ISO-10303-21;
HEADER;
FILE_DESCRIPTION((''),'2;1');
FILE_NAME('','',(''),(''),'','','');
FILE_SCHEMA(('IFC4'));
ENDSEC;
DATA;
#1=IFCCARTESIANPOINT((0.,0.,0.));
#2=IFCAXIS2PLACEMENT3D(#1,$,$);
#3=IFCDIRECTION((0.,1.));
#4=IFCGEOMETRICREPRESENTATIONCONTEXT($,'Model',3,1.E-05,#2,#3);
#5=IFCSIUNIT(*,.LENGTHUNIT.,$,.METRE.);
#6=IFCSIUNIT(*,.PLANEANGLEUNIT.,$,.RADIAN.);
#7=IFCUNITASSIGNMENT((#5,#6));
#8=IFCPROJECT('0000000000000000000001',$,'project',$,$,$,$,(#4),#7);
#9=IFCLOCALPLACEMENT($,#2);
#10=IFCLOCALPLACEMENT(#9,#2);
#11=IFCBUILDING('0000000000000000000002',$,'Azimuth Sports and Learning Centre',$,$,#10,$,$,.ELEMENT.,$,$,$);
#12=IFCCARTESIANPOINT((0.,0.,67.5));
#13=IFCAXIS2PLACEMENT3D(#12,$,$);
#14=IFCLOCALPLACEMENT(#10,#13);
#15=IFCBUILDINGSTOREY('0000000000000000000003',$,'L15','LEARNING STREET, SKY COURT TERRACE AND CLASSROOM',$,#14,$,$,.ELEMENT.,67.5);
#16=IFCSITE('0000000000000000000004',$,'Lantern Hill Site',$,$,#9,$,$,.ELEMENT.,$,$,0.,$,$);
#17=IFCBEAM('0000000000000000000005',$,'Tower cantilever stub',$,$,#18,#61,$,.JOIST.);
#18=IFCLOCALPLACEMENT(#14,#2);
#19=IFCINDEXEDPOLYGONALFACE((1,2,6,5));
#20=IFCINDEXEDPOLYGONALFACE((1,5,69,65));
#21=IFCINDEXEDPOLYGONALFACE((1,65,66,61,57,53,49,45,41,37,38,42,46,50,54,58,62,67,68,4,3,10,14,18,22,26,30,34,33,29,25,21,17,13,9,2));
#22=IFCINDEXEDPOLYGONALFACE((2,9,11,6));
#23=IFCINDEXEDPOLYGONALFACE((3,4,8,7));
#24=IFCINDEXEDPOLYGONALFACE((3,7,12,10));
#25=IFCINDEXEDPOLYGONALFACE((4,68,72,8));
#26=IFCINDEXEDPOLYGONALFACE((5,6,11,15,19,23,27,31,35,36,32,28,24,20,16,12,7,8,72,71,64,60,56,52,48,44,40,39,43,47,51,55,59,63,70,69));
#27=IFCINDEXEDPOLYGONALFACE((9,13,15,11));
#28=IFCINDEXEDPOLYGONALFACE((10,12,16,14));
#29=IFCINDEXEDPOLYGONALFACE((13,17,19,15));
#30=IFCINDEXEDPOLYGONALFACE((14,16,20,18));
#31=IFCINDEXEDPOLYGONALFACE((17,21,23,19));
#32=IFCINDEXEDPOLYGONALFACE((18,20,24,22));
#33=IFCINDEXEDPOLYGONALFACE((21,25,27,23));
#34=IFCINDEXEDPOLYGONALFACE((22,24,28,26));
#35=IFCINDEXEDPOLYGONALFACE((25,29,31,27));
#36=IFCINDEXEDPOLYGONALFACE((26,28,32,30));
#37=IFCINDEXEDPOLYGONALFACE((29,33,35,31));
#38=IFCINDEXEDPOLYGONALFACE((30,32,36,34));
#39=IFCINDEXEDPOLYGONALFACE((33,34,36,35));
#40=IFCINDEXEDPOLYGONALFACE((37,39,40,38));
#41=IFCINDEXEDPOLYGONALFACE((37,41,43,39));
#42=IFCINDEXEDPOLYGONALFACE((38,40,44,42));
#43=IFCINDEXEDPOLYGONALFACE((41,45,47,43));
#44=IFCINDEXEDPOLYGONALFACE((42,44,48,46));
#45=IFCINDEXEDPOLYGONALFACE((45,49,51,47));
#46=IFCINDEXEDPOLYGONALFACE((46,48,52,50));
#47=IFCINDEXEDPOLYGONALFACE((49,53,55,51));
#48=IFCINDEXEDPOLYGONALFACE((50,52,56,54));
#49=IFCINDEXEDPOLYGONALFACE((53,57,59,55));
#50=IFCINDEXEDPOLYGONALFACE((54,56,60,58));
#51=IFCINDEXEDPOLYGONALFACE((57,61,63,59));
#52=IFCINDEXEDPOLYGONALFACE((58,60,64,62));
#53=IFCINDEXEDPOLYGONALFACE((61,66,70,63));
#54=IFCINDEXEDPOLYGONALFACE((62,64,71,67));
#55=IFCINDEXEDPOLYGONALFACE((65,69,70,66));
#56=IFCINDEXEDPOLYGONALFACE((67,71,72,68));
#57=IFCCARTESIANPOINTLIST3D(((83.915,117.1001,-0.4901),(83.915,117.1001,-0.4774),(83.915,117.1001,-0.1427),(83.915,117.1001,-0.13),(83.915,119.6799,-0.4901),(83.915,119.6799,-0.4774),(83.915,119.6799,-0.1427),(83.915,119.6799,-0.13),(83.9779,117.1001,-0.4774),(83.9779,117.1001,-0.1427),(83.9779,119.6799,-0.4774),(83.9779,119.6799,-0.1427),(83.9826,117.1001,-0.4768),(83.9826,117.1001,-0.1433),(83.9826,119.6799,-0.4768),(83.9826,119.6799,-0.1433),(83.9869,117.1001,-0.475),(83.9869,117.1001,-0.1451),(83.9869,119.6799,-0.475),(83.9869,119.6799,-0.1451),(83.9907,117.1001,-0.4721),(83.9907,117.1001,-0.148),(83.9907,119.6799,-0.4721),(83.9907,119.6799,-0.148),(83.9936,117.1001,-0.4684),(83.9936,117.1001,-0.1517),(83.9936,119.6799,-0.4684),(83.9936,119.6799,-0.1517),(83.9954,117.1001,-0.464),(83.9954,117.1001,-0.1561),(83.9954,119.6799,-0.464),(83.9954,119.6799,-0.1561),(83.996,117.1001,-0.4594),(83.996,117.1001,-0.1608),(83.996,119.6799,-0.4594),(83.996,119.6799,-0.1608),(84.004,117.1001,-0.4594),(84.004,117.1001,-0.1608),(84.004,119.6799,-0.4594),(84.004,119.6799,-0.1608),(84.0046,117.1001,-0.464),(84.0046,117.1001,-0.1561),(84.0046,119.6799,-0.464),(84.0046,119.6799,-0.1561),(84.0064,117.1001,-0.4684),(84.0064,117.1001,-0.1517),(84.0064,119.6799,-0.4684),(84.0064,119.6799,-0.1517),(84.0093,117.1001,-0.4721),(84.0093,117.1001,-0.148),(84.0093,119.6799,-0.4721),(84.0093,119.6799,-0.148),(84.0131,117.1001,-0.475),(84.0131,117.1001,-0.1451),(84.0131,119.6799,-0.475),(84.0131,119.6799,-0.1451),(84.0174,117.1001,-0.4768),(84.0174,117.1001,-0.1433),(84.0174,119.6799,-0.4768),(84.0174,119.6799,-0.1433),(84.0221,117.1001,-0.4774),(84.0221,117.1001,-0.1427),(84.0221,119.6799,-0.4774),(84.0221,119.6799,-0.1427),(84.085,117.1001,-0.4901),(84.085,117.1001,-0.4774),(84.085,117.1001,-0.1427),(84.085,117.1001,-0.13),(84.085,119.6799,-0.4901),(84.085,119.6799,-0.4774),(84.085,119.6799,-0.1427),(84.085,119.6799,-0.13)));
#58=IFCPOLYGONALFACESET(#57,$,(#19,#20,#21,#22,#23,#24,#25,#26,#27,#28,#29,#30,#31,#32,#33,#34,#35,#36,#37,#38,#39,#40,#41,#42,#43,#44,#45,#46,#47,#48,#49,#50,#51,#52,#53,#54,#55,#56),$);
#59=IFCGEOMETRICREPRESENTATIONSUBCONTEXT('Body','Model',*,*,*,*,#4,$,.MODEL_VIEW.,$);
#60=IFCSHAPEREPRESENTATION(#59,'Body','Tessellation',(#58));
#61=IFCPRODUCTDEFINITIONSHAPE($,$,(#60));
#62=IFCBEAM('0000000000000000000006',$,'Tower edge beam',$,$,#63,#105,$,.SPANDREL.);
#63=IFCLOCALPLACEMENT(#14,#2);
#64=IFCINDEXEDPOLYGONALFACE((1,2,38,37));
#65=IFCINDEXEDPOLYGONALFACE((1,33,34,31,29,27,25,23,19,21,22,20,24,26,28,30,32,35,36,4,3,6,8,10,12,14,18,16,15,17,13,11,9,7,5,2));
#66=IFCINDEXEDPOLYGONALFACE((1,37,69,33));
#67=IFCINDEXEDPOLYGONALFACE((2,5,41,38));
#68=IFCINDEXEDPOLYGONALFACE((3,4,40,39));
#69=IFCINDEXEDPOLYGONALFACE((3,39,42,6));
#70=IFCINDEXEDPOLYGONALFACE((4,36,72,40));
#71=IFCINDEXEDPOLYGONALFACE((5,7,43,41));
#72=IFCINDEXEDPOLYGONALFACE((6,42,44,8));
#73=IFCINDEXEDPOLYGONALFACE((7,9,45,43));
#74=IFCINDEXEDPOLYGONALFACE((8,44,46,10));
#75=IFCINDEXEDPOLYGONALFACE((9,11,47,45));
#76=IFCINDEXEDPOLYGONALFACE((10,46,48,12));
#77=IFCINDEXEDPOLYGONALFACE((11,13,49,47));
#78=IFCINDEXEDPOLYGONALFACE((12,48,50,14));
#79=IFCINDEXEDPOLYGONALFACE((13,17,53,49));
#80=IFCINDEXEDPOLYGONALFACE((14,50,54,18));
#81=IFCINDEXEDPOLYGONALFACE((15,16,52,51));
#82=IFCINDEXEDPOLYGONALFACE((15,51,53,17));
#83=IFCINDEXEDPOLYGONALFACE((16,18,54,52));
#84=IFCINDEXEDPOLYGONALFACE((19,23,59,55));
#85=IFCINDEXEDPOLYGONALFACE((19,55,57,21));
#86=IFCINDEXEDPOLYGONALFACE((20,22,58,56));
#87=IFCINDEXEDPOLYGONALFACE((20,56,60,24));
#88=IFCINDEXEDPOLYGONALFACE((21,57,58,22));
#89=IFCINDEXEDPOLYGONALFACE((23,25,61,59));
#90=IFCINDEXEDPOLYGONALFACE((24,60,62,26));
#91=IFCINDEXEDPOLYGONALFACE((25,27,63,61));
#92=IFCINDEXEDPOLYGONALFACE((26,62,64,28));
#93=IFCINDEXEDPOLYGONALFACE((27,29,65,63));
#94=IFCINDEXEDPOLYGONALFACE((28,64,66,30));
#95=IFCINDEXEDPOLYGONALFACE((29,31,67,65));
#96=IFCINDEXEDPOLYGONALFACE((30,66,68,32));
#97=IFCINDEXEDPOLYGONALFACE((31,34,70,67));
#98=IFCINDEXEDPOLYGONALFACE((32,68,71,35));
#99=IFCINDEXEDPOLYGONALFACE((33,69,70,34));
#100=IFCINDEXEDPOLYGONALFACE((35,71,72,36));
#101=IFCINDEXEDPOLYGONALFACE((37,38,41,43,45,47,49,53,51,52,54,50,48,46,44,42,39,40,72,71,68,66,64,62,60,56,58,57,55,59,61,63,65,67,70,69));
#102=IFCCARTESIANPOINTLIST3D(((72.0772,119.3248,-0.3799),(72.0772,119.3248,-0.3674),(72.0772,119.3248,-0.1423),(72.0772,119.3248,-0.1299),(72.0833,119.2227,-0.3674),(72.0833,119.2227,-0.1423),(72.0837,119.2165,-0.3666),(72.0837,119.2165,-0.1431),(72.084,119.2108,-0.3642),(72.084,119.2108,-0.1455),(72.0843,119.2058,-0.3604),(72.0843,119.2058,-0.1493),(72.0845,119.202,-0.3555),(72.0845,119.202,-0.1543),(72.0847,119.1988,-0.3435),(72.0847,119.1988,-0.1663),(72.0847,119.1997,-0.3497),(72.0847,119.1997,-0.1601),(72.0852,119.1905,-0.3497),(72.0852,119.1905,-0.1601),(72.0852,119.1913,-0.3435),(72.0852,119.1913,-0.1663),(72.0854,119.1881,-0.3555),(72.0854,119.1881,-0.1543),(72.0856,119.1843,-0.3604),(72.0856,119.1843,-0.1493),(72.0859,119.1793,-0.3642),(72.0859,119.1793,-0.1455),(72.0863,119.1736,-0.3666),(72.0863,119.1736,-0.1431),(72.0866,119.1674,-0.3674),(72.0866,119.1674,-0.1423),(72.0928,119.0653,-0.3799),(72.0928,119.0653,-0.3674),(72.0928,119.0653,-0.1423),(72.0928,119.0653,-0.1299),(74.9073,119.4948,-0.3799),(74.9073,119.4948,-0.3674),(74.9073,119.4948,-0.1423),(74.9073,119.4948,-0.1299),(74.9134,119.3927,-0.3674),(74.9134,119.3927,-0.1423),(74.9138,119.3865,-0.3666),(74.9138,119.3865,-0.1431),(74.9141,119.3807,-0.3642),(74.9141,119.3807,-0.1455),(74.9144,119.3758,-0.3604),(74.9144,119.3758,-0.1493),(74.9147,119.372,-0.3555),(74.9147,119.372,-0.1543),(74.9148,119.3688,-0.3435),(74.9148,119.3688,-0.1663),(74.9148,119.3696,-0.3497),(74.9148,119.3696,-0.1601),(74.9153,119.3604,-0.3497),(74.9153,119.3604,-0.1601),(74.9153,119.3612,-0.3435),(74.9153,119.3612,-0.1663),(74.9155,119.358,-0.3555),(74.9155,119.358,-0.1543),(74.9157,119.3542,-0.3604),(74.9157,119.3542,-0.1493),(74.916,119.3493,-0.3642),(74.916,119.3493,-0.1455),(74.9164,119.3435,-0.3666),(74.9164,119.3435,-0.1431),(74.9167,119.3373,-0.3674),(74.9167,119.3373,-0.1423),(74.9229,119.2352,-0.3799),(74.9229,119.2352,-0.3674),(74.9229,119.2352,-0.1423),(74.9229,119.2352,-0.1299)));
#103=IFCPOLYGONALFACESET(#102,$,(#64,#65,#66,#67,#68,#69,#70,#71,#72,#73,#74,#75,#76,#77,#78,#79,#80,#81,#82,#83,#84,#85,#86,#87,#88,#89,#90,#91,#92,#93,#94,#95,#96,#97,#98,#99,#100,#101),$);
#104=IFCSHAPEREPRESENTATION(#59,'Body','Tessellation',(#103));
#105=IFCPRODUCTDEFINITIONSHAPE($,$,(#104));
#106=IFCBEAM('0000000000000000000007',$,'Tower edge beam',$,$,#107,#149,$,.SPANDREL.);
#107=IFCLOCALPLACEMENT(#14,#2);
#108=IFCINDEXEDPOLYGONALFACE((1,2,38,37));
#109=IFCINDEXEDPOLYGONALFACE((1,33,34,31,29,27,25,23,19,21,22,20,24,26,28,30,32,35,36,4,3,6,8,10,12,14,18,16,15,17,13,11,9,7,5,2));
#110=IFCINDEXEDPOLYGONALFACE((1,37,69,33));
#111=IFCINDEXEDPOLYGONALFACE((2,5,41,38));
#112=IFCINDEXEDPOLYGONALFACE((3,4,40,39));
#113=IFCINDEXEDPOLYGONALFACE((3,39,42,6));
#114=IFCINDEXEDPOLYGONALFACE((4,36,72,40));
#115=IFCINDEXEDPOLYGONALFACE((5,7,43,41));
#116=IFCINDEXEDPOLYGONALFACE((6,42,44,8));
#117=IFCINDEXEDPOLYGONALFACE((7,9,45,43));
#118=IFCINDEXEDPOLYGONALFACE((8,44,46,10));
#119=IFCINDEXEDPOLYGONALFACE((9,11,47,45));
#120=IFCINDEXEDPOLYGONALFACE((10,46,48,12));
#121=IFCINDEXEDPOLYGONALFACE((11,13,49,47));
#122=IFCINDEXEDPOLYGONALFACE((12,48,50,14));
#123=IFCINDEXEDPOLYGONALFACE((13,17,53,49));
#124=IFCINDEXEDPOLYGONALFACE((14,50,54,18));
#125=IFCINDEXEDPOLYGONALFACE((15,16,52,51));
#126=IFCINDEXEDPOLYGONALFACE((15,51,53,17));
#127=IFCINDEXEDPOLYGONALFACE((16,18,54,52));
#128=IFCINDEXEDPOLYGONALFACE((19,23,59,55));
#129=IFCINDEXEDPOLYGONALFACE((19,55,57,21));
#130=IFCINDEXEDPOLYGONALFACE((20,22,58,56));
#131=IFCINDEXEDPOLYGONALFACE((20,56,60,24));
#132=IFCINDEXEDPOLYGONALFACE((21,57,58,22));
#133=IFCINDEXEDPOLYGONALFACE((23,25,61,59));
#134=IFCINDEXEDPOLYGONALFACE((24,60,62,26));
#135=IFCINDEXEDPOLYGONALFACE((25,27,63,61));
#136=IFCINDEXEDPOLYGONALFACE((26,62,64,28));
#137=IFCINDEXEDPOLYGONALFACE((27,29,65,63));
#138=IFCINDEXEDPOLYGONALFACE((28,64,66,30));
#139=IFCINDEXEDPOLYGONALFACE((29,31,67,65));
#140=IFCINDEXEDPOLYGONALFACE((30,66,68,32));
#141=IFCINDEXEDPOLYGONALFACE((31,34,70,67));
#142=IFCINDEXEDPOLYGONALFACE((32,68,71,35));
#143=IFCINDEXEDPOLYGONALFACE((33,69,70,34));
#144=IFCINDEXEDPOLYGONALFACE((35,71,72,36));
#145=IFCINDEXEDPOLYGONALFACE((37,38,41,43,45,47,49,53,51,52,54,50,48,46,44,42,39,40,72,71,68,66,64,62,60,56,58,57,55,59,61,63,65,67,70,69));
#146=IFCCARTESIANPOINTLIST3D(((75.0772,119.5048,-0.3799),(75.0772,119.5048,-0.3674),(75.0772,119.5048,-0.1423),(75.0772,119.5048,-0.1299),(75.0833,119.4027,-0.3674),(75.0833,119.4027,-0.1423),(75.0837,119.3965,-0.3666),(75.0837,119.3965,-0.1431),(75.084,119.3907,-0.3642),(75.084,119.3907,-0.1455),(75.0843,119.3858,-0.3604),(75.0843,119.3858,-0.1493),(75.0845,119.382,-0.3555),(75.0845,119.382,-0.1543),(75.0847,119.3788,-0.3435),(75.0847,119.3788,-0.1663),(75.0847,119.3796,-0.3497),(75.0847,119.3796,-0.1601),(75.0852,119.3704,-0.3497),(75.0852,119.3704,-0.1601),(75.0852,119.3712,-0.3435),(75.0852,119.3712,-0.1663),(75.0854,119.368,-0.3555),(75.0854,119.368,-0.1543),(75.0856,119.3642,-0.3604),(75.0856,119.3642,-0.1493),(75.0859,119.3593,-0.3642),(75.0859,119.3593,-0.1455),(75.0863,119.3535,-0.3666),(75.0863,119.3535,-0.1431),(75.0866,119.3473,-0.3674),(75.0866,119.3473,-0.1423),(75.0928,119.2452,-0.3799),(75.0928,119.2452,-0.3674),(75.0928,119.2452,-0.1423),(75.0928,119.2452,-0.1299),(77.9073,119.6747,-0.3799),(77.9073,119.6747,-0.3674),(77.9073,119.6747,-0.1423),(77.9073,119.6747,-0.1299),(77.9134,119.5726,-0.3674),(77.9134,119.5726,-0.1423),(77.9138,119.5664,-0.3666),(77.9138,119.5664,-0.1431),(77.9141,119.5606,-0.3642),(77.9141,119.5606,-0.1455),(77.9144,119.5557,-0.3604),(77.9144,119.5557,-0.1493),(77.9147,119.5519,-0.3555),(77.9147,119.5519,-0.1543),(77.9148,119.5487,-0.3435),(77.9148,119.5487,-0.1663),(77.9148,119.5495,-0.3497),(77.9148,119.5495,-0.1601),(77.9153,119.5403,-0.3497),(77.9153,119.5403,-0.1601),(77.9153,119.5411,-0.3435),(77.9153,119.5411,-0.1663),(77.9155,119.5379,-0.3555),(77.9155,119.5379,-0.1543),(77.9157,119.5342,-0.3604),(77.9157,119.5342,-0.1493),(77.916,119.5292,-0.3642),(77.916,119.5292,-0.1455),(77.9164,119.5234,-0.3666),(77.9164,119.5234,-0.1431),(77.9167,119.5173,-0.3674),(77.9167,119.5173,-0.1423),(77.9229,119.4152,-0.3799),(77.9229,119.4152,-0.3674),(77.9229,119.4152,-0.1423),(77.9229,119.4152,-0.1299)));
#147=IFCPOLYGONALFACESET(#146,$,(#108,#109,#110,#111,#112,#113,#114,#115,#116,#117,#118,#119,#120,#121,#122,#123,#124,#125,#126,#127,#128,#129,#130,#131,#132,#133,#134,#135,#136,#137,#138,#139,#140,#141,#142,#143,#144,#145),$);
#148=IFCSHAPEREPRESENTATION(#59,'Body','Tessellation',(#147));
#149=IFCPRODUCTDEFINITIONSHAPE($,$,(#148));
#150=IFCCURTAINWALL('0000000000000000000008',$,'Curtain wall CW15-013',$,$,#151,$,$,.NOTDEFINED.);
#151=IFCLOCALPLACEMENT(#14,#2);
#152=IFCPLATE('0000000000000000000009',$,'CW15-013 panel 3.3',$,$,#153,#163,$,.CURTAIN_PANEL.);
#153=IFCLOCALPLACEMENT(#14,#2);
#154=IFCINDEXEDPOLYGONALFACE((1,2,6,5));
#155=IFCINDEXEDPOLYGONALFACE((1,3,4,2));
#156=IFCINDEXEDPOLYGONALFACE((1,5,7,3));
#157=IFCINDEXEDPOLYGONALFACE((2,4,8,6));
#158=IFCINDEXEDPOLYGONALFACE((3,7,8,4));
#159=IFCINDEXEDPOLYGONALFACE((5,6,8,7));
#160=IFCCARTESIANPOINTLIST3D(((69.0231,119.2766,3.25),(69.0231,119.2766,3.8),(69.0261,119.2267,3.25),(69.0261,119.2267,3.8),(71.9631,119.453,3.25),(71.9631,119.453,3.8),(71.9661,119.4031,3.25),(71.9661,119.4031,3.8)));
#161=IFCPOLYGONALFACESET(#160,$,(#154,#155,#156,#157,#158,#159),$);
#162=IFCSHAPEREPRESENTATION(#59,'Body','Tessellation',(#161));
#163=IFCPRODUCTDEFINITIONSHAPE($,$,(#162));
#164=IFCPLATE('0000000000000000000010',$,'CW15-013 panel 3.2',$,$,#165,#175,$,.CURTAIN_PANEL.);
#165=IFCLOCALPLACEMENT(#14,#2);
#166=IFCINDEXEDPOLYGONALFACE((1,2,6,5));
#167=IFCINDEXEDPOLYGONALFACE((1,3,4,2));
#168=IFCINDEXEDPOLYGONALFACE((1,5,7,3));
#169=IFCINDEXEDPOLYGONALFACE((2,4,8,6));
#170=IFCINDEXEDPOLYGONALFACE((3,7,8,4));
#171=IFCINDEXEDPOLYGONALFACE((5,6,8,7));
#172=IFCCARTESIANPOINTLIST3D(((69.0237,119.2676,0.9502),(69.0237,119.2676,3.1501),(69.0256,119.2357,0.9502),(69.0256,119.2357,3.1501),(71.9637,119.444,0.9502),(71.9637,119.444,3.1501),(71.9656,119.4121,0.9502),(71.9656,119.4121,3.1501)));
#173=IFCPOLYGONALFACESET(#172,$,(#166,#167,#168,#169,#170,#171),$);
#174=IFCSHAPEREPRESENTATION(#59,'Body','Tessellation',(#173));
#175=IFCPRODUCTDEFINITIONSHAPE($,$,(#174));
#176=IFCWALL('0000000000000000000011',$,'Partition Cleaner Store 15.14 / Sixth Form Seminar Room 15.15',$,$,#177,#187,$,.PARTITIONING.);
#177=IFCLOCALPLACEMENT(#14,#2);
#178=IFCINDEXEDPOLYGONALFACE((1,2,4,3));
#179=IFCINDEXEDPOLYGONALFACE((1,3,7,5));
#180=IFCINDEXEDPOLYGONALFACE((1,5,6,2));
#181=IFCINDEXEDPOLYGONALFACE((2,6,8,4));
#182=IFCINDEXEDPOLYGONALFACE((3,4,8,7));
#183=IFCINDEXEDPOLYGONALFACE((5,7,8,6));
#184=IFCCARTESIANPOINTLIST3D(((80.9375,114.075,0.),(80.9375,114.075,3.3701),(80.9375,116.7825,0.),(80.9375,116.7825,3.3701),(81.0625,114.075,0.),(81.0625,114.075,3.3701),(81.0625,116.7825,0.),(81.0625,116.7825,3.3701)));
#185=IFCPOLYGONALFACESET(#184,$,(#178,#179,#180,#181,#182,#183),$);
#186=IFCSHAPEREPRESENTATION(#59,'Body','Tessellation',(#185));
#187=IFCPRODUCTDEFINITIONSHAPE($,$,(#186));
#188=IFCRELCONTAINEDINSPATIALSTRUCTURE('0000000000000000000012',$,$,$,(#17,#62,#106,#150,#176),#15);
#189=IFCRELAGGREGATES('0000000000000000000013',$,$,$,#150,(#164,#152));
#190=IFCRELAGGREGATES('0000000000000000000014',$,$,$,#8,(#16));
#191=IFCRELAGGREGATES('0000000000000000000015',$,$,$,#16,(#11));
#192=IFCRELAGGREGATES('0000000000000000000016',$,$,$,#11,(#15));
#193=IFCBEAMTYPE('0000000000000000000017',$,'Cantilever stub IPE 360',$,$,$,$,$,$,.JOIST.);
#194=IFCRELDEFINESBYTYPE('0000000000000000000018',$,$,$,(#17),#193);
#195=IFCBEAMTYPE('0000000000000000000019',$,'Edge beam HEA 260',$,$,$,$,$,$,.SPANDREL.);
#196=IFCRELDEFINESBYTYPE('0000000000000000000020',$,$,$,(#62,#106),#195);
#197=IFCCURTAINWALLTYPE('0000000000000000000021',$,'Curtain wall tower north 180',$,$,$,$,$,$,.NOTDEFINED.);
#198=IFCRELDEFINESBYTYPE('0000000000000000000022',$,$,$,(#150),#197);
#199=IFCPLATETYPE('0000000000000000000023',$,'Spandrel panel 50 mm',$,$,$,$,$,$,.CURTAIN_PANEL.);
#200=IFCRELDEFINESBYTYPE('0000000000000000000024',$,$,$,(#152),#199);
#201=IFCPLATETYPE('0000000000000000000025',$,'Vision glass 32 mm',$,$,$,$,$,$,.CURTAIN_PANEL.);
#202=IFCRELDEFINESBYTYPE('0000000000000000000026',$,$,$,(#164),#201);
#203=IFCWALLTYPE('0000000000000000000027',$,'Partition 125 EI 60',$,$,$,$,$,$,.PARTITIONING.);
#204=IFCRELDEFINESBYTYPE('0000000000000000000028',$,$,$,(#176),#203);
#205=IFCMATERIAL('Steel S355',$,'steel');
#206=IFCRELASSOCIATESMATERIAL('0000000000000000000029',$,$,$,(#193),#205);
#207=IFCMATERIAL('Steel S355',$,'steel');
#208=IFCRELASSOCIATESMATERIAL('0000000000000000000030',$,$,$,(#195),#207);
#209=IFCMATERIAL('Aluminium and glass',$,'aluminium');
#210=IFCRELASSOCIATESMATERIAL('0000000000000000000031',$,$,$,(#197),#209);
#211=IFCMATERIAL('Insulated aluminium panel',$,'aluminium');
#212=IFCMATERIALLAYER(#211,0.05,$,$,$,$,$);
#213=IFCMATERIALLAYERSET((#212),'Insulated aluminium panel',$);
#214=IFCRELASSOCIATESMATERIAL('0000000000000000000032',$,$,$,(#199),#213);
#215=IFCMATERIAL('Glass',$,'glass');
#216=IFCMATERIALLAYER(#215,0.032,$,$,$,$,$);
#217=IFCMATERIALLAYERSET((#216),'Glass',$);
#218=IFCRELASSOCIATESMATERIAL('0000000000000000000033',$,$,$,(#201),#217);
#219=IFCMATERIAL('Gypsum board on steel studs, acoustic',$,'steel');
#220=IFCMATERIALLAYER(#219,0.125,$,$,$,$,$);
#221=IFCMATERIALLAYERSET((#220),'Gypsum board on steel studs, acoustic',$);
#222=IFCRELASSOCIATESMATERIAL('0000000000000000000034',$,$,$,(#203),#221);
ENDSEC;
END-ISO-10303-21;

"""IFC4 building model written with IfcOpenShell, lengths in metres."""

from ifc_helpers import new_model, si_unit, direction, frame, frame_2d, origin, origin_2d, place, context, subcontext, project, spatial, rectangle, i_section, extrude, material, layer, layer_set, material_profile, profile_set, type_object, element, aggregate, save


model = new_model("IFC4")

# Units and contexts
model_context = context("Model", 3, precision=1e-05, world=origin(), true_north=direction((0.0, 1.0)))
body_context = subcontext(model_context, "Body", "Model", "MODEL_VIEW")
ifc_project = project(units=[si_unit("LENGTHUNIT", "METRE"), si_unit("PLANEANGLEUNIT", "RADIAN")], contexts=[model_context])

# Site, building, storey
site_placement = place(None, origin())
site = spatial("IfcSite", under=ifc_project, at=site_placement, Name="Lantern Hill Site", CompositionType="ELEMENT", RefElevation=0.0)
building_placement = place(site_placement, origin())
building = spatial("IfcBuilding", under=site, at=building_placement, Name="Azimuth Sports and Learning Centre", CompositionType="ELEMENT")
storey_placement = place(building_placement, frame((0.0, 0.0, 67.5)))
storey = spatial("IfcBuildingStorey", under=building, at=storey_placement, Name="L15", Description="LEARNING STREET, SKY COURT TERRACE AND CLASSROOM", CompositionType="ELEMENT", Elevation=67.5)

# Beams
ifc_material_1 = material(Name="Steel S355", Category="steel")
ifc_material_profile_1 = material_profile(ifc_material_1, i_section(OverallWidth=0.1699, OverallDepth=0.3601, WebThickness=0.0081, FlangeThickness=0.0127, FilletRadius=0.0181, at=origin_2d()), Name="IPE 360")
ifc_profile_set_1 = profile_set([ifc_material_profile_1], Name="Steel S355")
beam_type_1 = type_object("IfcBeamType", Name="Cantilever stub IPE 360", PredefinedType="JOIST", material=ifc_profile_set_1)
beam_1_placement = place(storey_placement, frame((84.0, 117.1001, -0.3101), z_axis=(0.0, 1.0, 0.0), x_axis=(-1.0, 0.0, 0.0)))
element("IfcBeam", 1, at=beam_1_placement, inside=storey, type_object=beam_type_1, Name="Tower cantilever stub", PredefinedType="JOIST", context=body_context, shape_type="SweptSolid", body=[
    extrude(i_section(OverallWidth=0.1699, OverallDepth=0.3601, WebThickness=0.0081, FlangeThickness=0.0127, FilletRadius=0.0181, at=origin_2d()), origin(), (0.0, 0.0, 1.0), 2.5798),
])
ifc_material_2 = material(Name="Steel S355", Category="steel")
ifc_material_profile_2 = material_profile(ifc_material_2, i_section(OverallWidth=0.26, OverallDepth=0.25, WebThickness=0.0076, FlangeThickness=0.0125, FilletRadius=0.0239, at=origin_2d()), Name="HEA 260")
ifc_profile_set_2 = profile_set([ifc_material_profile_2], Name="Steel S355")
beam_type_2 = type_object("IfcBeamType", Name="Edge beam HEA 260", PredefinedType="SPANDREL", material=ifc_profile_set_2)
for number, where, z_axis, x_axis, name in (
    (2, (72.085, 119.1951, -0.2549), (0.998202, 0.059933, 0.0), (-0.059933, 0.998202, 0.0), "Tower edge beam"),
    (3, (75.085, 119.375, -0.2549), (0.998202, 0.059933, 0.0), (-0.059933, 0.998202, 0.0), "Tower edge beam"),
):
    element("IfcBeam", number, at=place(storey_placement, frame(where, z_axis=z_axis, x_axis=x_axis)), inside=storey, type_object=beam_type_2, Name=name, PredefinedType="SPANDREL", context=body_context, shape_type="SweptSolid", body=[
        extrude(i_section(OverallWidth=0.26, OverallDepth=0.25, WebThickness=0.0076, FlangeThickness=0.0125, FilletRadius=0.0239, at=origin_2d()), origin(), (0.0, 0.0, 1.0), 2.8352),
    ])

# Curtain wall, plates
ifc_material_3 = material(Name="Aluminium and glass", Category="aluminium")
curtain_wall_type = type_object("IfcCurtainWallType", Name="Curtain wall tower north 180", PredefinedType="NOTDEFINED", material=ifc_material_3)
curtain_wall_placement = place(storey_placement, origin())
curtain_wall = element("IfcCurtainWall", 4, at=curtain_wall_placement, inside=storey, type_object=curtain_wall_type, Name="Curtain wall CW15-013", PredefinedType="NOTDEFINED")
ifc_material_4 = material(Name="Insulated aluminium panel", Category="aluminium")
ifc_layer_1 = layer(ifc_material_4, 0.05)
ifc_layer_set_1 = layer_set([ifc_layer_1], Name="Insulated aluminium panel")
plate_type_1 = type_object("IfcPlateType", Name="Spandrel panel 50 mm", PredefinedType="CURTAIN_PANEL", material=ifc_layer_set_1)
plate_1_placement = place(storey_placement, frame((70.4946, 119.3398, 3.25), z_axis=(0.0, 0.0, 1.0), x_axis=(-0.998205, -0.059892, 0.0)))
plate_1 = element("IfcPlate", 5, at=plate_1_placement, type_object=plate_type_1, Name="CW15-013 panel 3.3", PredefinedType="CURTAIN_PANEL", context=body_context, shape_type="SweptSolid", body=[
    extrude(rectangle(XDim=2.9453, YDim=0.05, at=origin_2d()), origin(), (0.0, 0.0, 1.0), 0.55),
])
ifc_material_5 = material(Name="Glass", Category="glass")
ifc_layer_2 = layer(ifc_material_5, 0.032)
ifc_layer_set_2 = layer_set([ifc_layer_2], Name="Glass")
plate_type_2 = type_object("IfcPlateType", Name="Vision glass 32 mm", PredefinedType="CURTAIN_PANEL", material=ifc_layer_set_2)
plate_2_placement = place(storey_placement, frame((70.4946, 119.3398, 0.9502), z_axis=(0.0, 0.0, 1.0), x_axis=(-0.998205, -0.059892, 0.0)))
plate_2 = element("IfcPlate", 6, at=plate_2_placement, type_object=plate_type_2, Name="CW15-013 panel 3.2", PredefinedType="CURTAIN_PANEL", context=body_context, shape_type="SweptSolid", body=[
    extrude(rectangle(XDim=2.9453, YDim=0.032, at=origin_2d()), origin(), (0.0, 0.0, 1.0), 2.2),
])
aggregate(curtain_wall, [plate_2, plate_1])

# Wall
ifc_material_6 = material(Name="Gypsum board on steel studs, acoustic", Category="steel")
ifc_layer_3 = layer(ifc_material_6, 0.125)
ifc_layer_set_3 = layer_set([ifc_layer_3], Name="Gypsum board on steel studs, acoustic")
wall_type_1 = type_object("IfcWallType", Name="Partition 125 EI 60", PredefinedType="PARTITIONING", material=ifc_layer_set_3)
wall_1_placement = place(storey_placement, frame((81.0, 114.075, 0.0), z_axis=(0.0, 0.0, 1.0), x_axis=(0.0, 1.0, 0.0)))
element("IfcWall", 7, at=wall_1_placement, inside=storey, type_object=wall_type_1, Name="Partition Cleaner Store 15.14 / Sixth Form Seminar Room 15.15", PredefinedType="PARTITIONING", context=body_context, shape_type="SweptSolid", body=[
    extrude(rectangle(XDim=2.7075, YDim=0.125, at=frame_2d((1.3538, 0.0))), origin(), (0.0, 0.0, 1.0), 3.3701),
])

save(model, "model.ifc")
